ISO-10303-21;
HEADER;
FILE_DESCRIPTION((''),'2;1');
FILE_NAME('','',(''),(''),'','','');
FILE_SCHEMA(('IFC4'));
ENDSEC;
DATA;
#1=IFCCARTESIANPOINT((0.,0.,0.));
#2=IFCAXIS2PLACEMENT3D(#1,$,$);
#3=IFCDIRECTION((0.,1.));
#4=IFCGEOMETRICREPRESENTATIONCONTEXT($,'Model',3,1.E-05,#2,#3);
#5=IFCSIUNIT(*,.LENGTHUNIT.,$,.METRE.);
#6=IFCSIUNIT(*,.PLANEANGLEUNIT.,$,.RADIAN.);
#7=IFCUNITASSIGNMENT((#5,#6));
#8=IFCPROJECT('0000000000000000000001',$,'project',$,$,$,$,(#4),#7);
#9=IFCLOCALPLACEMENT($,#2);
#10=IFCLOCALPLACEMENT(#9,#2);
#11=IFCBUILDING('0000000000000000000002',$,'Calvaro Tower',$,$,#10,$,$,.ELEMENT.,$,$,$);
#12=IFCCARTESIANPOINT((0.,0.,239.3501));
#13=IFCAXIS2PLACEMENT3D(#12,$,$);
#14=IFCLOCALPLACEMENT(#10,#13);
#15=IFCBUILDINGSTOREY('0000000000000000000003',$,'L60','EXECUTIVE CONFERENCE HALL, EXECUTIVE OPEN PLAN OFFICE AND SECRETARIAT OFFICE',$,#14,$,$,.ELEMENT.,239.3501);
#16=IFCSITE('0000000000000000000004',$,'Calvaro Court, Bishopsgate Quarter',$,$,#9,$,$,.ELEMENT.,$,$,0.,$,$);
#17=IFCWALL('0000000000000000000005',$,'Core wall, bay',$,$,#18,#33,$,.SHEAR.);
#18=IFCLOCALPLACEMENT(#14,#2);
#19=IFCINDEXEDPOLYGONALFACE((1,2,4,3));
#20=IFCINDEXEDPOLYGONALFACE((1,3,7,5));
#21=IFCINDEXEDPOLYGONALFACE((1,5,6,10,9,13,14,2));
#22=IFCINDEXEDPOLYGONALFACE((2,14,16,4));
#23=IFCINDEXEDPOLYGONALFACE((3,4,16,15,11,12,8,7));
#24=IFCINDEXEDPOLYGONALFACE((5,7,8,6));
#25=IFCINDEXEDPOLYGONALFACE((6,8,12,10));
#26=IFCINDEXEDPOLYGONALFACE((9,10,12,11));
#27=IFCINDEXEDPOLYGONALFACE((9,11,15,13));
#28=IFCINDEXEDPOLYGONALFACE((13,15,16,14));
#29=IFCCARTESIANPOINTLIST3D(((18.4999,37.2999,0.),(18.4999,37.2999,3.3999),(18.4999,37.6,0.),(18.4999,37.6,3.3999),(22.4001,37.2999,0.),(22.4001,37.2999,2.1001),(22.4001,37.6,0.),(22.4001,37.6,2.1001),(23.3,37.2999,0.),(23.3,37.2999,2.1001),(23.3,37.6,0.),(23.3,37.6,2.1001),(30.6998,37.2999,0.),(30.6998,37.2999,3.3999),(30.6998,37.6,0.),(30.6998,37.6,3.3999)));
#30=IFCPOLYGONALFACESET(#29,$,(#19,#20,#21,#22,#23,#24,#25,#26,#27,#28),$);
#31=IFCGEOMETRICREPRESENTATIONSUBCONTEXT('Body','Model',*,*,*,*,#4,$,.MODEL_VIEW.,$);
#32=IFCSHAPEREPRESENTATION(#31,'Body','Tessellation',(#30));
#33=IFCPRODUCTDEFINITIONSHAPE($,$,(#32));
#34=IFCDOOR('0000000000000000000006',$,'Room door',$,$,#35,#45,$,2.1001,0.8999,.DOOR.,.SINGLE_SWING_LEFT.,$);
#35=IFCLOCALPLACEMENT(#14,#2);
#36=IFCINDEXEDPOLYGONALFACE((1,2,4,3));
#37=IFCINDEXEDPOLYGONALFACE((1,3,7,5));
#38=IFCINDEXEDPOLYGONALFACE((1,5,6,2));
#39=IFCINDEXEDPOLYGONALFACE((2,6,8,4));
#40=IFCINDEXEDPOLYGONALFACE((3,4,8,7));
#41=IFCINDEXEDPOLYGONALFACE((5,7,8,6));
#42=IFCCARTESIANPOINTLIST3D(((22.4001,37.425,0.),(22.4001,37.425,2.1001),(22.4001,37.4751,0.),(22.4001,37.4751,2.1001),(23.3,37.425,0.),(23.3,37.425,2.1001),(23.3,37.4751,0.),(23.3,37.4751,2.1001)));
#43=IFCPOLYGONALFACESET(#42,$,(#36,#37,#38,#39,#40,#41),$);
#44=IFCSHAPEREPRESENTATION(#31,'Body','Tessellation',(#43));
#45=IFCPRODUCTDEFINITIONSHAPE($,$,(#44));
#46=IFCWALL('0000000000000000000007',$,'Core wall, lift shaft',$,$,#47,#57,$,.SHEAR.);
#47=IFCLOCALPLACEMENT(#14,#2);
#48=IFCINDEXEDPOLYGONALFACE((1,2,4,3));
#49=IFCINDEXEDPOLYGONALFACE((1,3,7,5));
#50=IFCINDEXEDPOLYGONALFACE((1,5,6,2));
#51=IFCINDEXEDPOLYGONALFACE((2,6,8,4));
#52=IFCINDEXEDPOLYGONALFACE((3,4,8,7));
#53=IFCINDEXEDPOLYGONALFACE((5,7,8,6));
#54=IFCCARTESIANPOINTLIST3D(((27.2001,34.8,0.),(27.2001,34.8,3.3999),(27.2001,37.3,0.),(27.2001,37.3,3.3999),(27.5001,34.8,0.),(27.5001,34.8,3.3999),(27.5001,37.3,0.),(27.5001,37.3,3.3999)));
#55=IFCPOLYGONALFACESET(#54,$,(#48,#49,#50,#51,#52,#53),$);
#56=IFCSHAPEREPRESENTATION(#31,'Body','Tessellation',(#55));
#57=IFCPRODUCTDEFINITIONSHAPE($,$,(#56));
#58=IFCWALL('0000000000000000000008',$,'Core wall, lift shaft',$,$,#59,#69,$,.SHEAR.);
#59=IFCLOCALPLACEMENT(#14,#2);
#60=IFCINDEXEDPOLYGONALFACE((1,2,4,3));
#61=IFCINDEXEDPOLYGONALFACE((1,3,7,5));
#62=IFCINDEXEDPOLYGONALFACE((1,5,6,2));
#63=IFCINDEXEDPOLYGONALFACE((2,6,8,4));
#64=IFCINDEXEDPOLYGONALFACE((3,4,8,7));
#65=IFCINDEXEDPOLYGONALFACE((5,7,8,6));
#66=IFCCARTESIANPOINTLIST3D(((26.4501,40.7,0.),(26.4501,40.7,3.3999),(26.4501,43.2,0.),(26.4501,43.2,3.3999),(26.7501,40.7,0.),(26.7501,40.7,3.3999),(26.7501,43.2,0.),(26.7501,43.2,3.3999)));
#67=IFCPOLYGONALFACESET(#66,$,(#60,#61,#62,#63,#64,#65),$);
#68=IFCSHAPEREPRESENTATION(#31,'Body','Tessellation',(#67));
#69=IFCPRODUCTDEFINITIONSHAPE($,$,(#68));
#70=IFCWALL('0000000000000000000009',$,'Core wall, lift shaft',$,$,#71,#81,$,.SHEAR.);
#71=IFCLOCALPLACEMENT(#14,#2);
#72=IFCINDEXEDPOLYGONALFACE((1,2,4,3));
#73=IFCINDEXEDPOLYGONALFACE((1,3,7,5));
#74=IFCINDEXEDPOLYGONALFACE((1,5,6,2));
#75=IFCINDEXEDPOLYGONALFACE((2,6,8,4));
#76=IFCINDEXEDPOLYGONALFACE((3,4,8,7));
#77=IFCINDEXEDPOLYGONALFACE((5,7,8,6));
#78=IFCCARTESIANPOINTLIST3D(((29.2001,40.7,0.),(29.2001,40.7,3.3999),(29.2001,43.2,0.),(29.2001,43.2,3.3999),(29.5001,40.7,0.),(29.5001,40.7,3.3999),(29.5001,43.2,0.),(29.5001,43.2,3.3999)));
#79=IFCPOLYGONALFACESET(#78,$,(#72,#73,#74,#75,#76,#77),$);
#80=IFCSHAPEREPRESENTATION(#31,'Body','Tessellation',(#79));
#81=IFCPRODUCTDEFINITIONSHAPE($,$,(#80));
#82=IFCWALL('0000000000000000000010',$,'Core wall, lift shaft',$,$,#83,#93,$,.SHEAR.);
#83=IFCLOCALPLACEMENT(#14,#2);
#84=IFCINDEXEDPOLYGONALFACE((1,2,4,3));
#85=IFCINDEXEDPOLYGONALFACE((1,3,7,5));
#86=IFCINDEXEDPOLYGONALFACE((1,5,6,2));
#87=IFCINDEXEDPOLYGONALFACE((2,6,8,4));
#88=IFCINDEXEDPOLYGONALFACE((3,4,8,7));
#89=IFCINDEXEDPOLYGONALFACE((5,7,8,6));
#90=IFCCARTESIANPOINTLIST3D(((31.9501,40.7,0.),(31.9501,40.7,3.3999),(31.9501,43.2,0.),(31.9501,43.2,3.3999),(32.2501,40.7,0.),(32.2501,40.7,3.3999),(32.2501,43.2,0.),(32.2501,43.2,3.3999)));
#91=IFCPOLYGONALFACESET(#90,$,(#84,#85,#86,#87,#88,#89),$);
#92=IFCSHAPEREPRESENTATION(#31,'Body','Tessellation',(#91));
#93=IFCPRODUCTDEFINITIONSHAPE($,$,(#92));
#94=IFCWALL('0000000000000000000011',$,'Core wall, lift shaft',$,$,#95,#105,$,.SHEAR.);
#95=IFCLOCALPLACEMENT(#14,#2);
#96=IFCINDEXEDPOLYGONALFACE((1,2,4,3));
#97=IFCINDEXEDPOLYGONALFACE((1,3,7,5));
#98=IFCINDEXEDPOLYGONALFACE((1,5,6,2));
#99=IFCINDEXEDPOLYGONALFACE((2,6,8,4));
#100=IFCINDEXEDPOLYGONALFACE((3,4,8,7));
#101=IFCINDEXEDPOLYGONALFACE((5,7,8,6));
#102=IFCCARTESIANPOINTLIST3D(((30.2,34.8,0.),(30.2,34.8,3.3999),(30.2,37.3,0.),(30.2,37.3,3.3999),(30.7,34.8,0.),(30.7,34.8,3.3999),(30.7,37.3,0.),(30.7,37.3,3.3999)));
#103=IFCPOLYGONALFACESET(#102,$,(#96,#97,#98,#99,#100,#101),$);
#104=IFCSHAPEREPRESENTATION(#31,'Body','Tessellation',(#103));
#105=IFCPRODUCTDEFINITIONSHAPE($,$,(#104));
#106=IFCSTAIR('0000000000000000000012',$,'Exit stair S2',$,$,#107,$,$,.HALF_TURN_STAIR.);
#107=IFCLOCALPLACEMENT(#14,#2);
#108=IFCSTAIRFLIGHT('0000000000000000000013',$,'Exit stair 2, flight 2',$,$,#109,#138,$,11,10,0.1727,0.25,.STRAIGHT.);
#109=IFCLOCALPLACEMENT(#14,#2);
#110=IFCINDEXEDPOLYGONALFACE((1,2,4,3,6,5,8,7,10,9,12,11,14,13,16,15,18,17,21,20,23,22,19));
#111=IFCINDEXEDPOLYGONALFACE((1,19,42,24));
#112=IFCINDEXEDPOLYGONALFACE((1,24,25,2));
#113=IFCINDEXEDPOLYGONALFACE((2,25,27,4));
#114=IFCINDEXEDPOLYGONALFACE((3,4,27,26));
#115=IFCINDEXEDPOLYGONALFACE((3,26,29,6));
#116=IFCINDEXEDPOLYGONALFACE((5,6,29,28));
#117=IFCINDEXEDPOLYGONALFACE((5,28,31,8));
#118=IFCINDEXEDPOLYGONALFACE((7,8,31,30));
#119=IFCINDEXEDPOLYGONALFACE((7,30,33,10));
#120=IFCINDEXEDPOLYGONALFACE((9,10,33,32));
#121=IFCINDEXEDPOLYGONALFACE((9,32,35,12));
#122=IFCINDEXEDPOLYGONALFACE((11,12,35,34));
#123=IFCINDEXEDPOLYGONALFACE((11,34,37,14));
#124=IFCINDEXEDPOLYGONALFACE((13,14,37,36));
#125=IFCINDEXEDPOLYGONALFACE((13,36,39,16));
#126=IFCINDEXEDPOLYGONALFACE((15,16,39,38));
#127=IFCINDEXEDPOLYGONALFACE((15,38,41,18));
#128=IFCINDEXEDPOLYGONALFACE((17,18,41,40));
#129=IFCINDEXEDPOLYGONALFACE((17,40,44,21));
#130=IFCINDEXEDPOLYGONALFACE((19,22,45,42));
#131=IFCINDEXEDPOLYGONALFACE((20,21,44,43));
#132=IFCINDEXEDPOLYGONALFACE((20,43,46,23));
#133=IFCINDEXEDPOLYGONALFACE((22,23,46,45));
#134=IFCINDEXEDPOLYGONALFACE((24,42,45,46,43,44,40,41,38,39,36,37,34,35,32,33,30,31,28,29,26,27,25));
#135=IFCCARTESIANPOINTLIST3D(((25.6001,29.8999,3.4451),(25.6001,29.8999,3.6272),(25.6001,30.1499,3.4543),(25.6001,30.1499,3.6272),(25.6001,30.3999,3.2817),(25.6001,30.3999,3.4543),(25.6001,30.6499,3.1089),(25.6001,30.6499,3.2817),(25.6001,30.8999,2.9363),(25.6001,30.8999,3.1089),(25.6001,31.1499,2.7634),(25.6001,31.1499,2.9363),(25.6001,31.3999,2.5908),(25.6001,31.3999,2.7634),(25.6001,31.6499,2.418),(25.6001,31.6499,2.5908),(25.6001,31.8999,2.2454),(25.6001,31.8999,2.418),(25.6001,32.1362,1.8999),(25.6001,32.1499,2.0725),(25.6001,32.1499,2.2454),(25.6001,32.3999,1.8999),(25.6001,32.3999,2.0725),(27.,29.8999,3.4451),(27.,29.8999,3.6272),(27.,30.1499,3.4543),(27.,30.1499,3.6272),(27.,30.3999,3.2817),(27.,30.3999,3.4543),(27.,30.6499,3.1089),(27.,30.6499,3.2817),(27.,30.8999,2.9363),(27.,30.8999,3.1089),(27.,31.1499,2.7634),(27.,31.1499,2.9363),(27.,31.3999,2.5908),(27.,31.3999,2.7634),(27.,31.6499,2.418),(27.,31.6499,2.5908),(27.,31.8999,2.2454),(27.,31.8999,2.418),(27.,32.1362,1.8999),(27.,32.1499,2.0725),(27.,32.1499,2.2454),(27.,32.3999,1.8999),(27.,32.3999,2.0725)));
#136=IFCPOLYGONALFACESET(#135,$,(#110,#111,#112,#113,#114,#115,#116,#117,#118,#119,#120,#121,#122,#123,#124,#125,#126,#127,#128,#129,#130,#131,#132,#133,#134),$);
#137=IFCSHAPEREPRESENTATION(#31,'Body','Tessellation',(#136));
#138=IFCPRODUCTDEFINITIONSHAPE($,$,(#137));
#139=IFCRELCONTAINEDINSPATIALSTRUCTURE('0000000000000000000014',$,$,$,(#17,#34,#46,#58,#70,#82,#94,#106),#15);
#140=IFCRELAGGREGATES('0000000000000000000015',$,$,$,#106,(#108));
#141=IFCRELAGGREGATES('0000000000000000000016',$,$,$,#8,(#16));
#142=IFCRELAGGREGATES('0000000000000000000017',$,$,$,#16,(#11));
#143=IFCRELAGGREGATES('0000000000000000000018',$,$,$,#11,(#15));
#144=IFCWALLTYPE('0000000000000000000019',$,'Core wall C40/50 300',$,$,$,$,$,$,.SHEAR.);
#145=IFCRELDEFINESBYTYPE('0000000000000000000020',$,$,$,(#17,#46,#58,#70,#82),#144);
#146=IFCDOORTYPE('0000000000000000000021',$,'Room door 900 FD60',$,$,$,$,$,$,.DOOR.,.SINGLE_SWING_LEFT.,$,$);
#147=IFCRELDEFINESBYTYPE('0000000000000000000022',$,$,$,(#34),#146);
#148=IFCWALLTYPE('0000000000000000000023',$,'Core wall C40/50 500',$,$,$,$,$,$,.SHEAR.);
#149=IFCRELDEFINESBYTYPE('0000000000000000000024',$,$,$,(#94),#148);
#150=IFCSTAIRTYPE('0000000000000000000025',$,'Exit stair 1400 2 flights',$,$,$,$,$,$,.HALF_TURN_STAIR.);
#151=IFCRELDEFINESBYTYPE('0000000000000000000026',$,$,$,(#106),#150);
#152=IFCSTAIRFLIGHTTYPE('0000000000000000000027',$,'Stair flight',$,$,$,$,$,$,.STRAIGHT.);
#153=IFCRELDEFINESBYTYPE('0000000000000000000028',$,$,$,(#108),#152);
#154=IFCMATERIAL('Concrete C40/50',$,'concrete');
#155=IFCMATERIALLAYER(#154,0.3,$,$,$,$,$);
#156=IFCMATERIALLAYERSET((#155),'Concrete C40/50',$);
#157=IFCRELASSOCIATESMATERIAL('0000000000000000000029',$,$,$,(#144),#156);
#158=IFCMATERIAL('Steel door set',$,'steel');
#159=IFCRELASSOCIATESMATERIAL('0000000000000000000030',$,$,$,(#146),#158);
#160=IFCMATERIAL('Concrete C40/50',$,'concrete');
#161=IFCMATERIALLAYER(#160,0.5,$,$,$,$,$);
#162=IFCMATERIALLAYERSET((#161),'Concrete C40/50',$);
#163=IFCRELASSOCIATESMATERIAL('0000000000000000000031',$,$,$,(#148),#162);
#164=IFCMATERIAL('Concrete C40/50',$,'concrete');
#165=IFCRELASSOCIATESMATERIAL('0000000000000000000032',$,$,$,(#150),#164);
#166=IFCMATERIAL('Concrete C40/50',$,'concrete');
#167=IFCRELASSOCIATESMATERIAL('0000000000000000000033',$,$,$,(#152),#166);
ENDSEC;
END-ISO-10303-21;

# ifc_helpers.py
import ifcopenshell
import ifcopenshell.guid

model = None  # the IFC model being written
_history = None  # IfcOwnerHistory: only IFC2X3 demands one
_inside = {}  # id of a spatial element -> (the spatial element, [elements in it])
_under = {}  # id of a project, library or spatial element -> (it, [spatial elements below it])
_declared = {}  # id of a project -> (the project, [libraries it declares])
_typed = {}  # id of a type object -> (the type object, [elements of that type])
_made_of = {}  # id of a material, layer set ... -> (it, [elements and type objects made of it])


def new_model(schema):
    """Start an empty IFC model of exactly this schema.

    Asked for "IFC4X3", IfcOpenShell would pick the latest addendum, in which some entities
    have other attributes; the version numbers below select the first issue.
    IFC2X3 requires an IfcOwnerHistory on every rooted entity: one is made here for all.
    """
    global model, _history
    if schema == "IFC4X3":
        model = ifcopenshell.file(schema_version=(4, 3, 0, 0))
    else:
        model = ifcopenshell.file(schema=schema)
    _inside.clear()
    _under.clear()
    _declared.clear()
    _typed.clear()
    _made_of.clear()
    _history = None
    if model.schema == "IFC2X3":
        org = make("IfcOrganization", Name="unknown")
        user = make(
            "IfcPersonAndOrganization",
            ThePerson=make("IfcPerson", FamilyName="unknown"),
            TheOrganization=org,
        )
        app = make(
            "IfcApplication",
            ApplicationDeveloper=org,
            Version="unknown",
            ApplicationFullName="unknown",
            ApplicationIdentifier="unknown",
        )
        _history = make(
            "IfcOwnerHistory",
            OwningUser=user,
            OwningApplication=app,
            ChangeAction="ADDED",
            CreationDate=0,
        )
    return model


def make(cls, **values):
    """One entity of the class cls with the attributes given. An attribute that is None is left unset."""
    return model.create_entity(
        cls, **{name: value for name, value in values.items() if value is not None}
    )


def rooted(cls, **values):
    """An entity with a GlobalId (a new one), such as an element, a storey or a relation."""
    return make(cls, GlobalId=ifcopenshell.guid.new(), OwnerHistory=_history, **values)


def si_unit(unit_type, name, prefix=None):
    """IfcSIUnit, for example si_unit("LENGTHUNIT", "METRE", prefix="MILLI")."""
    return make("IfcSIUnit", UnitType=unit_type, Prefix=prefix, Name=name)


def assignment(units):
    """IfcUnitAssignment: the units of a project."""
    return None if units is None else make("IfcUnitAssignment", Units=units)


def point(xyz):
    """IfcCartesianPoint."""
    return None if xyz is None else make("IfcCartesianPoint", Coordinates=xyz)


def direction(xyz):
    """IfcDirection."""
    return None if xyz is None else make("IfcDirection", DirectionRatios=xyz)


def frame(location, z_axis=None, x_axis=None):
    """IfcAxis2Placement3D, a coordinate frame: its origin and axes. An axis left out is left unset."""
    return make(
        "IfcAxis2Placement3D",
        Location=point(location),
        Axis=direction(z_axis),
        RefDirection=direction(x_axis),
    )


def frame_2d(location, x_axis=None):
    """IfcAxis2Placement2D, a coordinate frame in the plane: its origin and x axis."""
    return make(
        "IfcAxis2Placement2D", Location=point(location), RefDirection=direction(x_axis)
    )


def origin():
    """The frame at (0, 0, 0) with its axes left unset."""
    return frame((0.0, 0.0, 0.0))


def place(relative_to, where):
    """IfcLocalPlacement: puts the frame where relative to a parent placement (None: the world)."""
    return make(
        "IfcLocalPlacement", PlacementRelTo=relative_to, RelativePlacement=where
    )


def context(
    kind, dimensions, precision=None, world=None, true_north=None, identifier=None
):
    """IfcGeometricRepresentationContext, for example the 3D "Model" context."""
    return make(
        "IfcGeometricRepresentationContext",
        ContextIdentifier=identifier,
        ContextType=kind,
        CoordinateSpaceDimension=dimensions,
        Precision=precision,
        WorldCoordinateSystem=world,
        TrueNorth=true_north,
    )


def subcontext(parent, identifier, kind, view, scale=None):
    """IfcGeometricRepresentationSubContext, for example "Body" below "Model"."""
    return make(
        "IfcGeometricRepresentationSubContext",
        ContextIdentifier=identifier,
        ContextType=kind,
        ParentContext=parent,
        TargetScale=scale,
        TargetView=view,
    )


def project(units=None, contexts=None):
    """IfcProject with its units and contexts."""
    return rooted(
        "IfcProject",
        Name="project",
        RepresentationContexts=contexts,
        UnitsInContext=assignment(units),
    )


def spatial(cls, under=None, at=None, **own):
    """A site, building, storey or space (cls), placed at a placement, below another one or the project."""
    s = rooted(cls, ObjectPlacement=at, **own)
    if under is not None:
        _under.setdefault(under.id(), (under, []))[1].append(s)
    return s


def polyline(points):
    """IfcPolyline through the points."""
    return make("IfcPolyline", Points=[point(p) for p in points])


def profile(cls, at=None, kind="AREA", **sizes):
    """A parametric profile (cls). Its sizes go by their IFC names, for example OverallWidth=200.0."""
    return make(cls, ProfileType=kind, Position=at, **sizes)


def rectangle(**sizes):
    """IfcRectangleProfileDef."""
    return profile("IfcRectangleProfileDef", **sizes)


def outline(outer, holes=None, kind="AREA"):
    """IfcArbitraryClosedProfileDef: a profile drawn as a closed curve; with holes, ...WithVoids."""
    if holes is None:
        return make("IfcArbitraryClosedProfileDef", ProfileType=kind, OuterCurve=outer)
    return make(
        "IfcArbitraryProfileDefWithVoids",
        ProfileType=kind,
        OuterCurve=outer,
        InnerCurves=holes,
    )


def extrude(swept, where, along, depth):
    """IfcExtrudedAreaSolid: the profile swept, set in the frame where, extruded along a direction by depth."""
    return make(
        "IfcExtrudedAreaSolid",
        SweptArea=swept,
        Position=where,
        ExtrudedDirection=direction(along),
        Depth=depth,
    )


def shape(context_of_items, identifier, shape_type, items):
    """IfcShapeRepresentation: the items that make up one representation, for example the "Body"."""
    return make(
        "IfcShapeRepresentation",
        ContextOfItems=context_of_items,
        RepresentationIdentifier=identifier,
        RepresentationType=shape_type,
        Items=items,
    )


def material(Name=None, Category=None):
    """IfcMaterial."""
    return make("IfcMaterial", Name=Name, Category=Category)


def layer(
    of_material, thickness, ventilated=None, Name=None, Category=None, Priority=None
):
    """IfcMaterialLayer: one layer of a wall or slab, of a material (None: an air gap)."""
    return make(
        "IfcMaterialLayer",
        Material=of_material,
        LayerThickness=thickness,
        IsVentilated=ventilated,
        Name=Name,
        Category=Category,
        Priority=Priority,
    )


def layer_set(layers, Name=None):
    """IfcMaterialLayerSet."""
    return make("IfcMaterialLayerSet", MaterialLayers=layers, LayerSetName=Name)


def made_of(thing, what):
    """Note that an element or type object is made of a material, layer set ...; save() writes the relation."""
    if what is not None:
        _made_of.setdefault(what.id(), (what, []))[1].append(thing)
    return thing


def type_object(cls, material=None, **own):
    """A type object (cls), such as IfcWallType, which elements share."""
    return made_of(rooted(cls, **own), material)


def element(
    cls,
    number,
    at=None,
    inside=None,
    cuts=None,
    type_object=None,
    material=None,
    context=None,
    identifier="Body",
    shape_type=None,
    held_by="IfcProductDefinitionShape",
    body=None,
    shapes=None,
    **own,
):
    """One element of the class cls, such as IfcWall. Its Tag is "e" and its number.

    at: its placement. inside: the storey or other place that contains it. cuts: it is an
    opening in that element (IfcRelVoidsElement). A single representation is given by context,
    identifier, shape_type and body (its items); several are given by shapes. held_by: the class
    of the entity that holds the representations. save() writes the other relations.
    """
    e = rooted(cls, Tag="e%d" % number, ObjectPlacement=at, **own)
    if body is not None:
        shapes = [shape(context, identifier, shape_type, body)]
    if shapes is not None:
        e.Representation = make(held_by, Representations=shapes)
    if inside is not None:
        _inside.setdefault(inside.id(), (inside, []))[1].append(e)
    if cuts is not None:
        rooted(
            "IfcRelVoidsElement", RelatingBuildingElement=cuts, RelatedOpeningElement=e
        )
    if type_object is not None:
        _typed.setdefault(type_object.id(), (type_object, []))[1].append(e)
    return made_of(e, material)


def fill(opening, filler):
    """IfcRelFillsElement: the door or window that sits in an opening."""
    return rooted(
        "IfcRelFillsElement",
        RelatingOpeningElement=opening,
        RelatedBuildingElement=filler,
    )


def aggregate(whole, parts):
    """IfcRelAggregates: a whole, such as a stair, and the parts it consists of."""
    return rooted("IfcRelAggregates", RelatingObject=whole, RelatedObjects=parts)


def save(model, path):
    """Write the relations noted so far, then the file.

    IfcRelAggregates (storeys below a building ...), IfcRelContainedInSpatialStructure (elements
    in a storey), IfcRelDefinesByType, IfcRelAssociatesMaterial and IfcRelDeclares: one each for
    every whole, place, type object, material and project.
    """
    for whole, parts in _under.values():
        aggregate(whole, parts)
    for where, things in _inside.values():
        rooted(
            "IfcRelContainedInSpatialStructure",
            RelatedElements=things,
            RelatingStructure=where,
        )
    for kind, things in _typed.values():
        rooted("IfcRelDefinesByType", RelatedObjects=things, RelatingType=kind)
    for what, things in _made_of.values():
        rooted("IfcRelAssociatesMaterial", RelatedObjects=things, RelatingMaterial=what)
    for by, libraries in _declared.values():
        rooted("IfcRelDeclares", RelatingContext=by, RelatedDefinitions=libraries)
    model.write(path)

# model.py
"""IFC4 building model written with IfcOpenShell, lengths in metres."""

from ifc_helpers import new_model, si_unit, direction, frame, frame_2d, origin, place, context, subcontext, project, spatial, polyline, rectangle, outline, extrude, material, layer, layer_set, type_object, element, fill, aggregate, save


model = new_model("IFC4")

# Units and contexts
model_context = context("Model", 3, precision=1e-05, world=origin(), true_north=direction((0.0, 1.0)))
body_context = subcontext(model_context, "Body", "Model", "MODEL_VIEW")
ifc_project = project(units=[si_unit("LENGTHUNIT", "METRE"), si_unit("PLANEANGLEUNIT", "RADIAN")], contexts=[model_context])

# Site, building, storey
site_placement = place(None, origin())
site = spatial("IfcSite", under=ifc_project, at=site_placement, Name="Calvaro Court, Bishopsgate Quarter", CompositionType="ELEMENT", RefElevation=0.0)
building_placement = place(site_placement, origin())
building = spatial("IfcBuilding", under=site, at=building_placement, Name="Calvaro Tower", CompositionType="ELEMENT")
storey_placement = place(building_placement, frame((0.0, 0.0, 239.3501)))
storey = spatial("IfcBuildingStorey", under=building, at=storey_placement, Name="L60", Description="EXECUTIVE CONFERENCE HALL, EXECUTIVE OPEN PLAN OFFICE AND SECRETARIAT OFFICE", CompositionType="ELEMENT", Elevation=239.3501)

# Wall, opening, door
ifc_material_1 = material(Name="Concrete C40/50", Category="concrete")
ifc_layer_1 = layer(ifc_material_1, 0.3)
ifc_layer_set_1 = layer_set([ifc_layer_1], Name="Concrete C40/50")
wall_type_1 = type_object("IfcWallType", Name="Core wall C40/50 300", PredefinedType="SHEAR", material=ifc_layer_set_1)
wall_1_placement = place(storey_placement, frame((30.7, 37.45, 0.0), z_axis=(0.0, 0.0, 1.0), x_axis=(-1.0, 0.0, 0.0)))
wall_1 = element("IfcWall", 1, at=wall_1_placement, inside=storey, type_object=wall_type_1, Name="Core wall, bay", PredefinedType="SHEAR", context=body_context, shape_type="SweptSolid", body=[
    extrude(rectangle(XDim=12.2, YDim=0.3, at=frame_2d((6.1001, 0.0))), origin(), (0.0, 0.0, 1.0), 3.3999),
])
opening_placement = place(wall_1_placement, frame((7.3999, 0.0, 0.0)))
opening = element("IfcOpeningElement", 2, at=opening_placement, cuts=wall_1, PredefinedType="OPENING", context=body_context, shape_type="SweptSolid", body=[
    extrude(rectangle(XDim=0.8999, YDim=2.1001, at=frame_2d((0.45, 1.05))), frame((0.0, 0.1599, 0.0), z_axis=(0.0, -1.0, 0.0), x_axis=(1.0, 0.0, 0.0)), (0.0, 0.0, 1.0), 0.3201),
])
ifc_material_2 = material(Name="Steel door set", Category="steel")
door_type = type_object("IfcDoorType", Name="Room door 900 FD60", OperationType="SINGLE_SWING_LEFT", PredefinedType="DOOR", material=ifc_material_2)
door_placement = place(opening_placement, origin())
door = element("IfcDoor", 3, at=door_placement, inside=storey, type_object=door_type, Name="Room door", OperationType="SINGLE_SWING_LEFT", OverallHeight=2.1001, OverallWidth=0.8999, PredefinedType="DOOR", context=body_context, shape_type="SweptSolid", body=[
    extrude(rectangle(XDim=0.8999, YDim=2.1001, at=frame_2d((0.45, 1.05))), frame((0.0, 0.0249, 0.0), z_axis=(0.0, -1.0, 0.0), x_axis=(1.0, 0.0, 0.0)), (0.0, 0.0, 1.0), 0.05),
])
fill(opening, door)

# Walls
for number, where, z_axis, x_axis, name in (
    (4, (27.3501, 34.8, 0.0), (0.0, 0.0, 1.0), (0.0, 1.0, 0.0), "Core wall, lift shaft"),
    (5, (26.6001, 40.7, 0.0), (0.0, 0.0, 1.0), (0.0, 1.0, 0.0), "Core wall, lift shaft"),
    (6, (29.3501, 40.7, 0.0), (0.0, 0.0, 1.0), (0.0, 1.0, 0.0), "Core wall, lift shaft"),
    (7, (32.1001, 40.7, 0.0), (0.0, 0.0, 1.0), (0.0, 1.0, 0.0), "Core wall, lift shaft"),
):
    element("IfcWall", number, at=place(storey_placement, frame(where, z_axis=z_axis, x_axis=x_axis)), inside=storey, type_object=wall_type_1, Name=name, PredefinedType="SHEAR", context=body_context, shape_type="SweptSolid", body=[
        extrude(rectangle(XDim=2.5, YDim=0.3, at=frame_2d((1.25, 0.0))), origin(), (0.0, 0.0, 1.0), 3.3999),
    ])
ifc_material_3 = material(Name="Concrete C40/50", Category="concrete")
ifc_layer_2 = layer(ifc_material_3, 0.5)
ifc_layer_set_2 = layer_set([ifc_layer_2], Name="Concrete C40/50")
wall_type_2 = type_object("IfcWallType", Name="Core wall C40/50 500", PredefinedType="SHEAR", material=ifc_layer_set_2)
wall_2_placement = place(storey_placement, frame((30.45, 34.8, 0.0), z_axis=(0.0, 0.0, 1.0), x_axis=(0.0, 1.0, 0.0)))
element("IfcWall", 8, at=wall_2_placement, inside=storey, type_object=wall_type_2, Name="Core wall, lift shaft", PredefinedType="SHEAR", context=body_context, shape_type="SweptSolid", body=[
    extrude(rectangle(XDim=2.5, YDim=0.5, at=frame_2d((1.25, 0.0))), origin(), (0.0, 0.0, 1.0), 3.3999),
])

# Stair, stair flight
ifc_material_4 = material(Name="Concrete C40/50", Category="concrete")
stair_type = type_object("IfcStairType", Name="Exit stair 1400 2 flights", PredefinedType="HALF_TURN_STAIR", material=ifc_material_4)
stair_placement = place(storey_placement, origin())
stair = element("IfcStair", 9, at=stair_placement, inside=storey, type_object=stair_type, Name="Exit stair S2", PredefinedType="HALF_TURN_STAIR")
ifc_material_5 = material(Name="Concrete C40/50", Category="concrete")
stair_flight_type = type_object("IfcStairFlightType", Name="Stair flight", PredefinedType="STRAIGHT", material=ifc_material_5)
stair_flight_placement = place(storey_placement, frame((26.3, 32.3999, 1.8999), z_axis=(0.0, 0.0, 1.0), x_axis=(0.0, -1.0, 0.0)))
stair_flight = element("IfcStairFlight", 10, at=stair_flight_placement, type_object=stair_flight_type, Name="Exit stair 2, flight 2", NumberOfRisers=11, NumberOfTreads=10, PredefinedType="STRAIGHT", RiserHeight=0.1727, TreadLength=0.25, context=body_context, shape_type="SweptSolid", body=[
    extrude(outline(polyline([(0.0, 0.0), (0.0, 0.1726), (0.25, 0.1726), (0.25, 0.3455), (0.5, 0.3455), (0.5, 0.5181), (0.75, 0.5181), (0.75, 0.6909), (1.0, 0.6909), (1.0, 0.8635), (1.25, 0.8635), (1.25, 1.0364), (1.5, 1.0364), (1.5, 1.209), (1.75, 1.209), (1.75, 1.3818), (2.0, 1.3818), (2.0, 1.5544), (2.25, 1.5544), (2.25, 1.7273), (2.5, 1.7273), (2.5, 1.8999), (2.5, 1.5452), (0.2637, 0.0), (0.0, 0.0)])), frame((0.0, 0.7, 0.0), z_axis=(0.0, -1.0, 0.0), x_axis=(1.0, 0.0, 0.0)), (0.0, 0.0, 1.0), 1.3999),
])
aggregate(stair, [stair_flight])

save(model, "model.ifc")
